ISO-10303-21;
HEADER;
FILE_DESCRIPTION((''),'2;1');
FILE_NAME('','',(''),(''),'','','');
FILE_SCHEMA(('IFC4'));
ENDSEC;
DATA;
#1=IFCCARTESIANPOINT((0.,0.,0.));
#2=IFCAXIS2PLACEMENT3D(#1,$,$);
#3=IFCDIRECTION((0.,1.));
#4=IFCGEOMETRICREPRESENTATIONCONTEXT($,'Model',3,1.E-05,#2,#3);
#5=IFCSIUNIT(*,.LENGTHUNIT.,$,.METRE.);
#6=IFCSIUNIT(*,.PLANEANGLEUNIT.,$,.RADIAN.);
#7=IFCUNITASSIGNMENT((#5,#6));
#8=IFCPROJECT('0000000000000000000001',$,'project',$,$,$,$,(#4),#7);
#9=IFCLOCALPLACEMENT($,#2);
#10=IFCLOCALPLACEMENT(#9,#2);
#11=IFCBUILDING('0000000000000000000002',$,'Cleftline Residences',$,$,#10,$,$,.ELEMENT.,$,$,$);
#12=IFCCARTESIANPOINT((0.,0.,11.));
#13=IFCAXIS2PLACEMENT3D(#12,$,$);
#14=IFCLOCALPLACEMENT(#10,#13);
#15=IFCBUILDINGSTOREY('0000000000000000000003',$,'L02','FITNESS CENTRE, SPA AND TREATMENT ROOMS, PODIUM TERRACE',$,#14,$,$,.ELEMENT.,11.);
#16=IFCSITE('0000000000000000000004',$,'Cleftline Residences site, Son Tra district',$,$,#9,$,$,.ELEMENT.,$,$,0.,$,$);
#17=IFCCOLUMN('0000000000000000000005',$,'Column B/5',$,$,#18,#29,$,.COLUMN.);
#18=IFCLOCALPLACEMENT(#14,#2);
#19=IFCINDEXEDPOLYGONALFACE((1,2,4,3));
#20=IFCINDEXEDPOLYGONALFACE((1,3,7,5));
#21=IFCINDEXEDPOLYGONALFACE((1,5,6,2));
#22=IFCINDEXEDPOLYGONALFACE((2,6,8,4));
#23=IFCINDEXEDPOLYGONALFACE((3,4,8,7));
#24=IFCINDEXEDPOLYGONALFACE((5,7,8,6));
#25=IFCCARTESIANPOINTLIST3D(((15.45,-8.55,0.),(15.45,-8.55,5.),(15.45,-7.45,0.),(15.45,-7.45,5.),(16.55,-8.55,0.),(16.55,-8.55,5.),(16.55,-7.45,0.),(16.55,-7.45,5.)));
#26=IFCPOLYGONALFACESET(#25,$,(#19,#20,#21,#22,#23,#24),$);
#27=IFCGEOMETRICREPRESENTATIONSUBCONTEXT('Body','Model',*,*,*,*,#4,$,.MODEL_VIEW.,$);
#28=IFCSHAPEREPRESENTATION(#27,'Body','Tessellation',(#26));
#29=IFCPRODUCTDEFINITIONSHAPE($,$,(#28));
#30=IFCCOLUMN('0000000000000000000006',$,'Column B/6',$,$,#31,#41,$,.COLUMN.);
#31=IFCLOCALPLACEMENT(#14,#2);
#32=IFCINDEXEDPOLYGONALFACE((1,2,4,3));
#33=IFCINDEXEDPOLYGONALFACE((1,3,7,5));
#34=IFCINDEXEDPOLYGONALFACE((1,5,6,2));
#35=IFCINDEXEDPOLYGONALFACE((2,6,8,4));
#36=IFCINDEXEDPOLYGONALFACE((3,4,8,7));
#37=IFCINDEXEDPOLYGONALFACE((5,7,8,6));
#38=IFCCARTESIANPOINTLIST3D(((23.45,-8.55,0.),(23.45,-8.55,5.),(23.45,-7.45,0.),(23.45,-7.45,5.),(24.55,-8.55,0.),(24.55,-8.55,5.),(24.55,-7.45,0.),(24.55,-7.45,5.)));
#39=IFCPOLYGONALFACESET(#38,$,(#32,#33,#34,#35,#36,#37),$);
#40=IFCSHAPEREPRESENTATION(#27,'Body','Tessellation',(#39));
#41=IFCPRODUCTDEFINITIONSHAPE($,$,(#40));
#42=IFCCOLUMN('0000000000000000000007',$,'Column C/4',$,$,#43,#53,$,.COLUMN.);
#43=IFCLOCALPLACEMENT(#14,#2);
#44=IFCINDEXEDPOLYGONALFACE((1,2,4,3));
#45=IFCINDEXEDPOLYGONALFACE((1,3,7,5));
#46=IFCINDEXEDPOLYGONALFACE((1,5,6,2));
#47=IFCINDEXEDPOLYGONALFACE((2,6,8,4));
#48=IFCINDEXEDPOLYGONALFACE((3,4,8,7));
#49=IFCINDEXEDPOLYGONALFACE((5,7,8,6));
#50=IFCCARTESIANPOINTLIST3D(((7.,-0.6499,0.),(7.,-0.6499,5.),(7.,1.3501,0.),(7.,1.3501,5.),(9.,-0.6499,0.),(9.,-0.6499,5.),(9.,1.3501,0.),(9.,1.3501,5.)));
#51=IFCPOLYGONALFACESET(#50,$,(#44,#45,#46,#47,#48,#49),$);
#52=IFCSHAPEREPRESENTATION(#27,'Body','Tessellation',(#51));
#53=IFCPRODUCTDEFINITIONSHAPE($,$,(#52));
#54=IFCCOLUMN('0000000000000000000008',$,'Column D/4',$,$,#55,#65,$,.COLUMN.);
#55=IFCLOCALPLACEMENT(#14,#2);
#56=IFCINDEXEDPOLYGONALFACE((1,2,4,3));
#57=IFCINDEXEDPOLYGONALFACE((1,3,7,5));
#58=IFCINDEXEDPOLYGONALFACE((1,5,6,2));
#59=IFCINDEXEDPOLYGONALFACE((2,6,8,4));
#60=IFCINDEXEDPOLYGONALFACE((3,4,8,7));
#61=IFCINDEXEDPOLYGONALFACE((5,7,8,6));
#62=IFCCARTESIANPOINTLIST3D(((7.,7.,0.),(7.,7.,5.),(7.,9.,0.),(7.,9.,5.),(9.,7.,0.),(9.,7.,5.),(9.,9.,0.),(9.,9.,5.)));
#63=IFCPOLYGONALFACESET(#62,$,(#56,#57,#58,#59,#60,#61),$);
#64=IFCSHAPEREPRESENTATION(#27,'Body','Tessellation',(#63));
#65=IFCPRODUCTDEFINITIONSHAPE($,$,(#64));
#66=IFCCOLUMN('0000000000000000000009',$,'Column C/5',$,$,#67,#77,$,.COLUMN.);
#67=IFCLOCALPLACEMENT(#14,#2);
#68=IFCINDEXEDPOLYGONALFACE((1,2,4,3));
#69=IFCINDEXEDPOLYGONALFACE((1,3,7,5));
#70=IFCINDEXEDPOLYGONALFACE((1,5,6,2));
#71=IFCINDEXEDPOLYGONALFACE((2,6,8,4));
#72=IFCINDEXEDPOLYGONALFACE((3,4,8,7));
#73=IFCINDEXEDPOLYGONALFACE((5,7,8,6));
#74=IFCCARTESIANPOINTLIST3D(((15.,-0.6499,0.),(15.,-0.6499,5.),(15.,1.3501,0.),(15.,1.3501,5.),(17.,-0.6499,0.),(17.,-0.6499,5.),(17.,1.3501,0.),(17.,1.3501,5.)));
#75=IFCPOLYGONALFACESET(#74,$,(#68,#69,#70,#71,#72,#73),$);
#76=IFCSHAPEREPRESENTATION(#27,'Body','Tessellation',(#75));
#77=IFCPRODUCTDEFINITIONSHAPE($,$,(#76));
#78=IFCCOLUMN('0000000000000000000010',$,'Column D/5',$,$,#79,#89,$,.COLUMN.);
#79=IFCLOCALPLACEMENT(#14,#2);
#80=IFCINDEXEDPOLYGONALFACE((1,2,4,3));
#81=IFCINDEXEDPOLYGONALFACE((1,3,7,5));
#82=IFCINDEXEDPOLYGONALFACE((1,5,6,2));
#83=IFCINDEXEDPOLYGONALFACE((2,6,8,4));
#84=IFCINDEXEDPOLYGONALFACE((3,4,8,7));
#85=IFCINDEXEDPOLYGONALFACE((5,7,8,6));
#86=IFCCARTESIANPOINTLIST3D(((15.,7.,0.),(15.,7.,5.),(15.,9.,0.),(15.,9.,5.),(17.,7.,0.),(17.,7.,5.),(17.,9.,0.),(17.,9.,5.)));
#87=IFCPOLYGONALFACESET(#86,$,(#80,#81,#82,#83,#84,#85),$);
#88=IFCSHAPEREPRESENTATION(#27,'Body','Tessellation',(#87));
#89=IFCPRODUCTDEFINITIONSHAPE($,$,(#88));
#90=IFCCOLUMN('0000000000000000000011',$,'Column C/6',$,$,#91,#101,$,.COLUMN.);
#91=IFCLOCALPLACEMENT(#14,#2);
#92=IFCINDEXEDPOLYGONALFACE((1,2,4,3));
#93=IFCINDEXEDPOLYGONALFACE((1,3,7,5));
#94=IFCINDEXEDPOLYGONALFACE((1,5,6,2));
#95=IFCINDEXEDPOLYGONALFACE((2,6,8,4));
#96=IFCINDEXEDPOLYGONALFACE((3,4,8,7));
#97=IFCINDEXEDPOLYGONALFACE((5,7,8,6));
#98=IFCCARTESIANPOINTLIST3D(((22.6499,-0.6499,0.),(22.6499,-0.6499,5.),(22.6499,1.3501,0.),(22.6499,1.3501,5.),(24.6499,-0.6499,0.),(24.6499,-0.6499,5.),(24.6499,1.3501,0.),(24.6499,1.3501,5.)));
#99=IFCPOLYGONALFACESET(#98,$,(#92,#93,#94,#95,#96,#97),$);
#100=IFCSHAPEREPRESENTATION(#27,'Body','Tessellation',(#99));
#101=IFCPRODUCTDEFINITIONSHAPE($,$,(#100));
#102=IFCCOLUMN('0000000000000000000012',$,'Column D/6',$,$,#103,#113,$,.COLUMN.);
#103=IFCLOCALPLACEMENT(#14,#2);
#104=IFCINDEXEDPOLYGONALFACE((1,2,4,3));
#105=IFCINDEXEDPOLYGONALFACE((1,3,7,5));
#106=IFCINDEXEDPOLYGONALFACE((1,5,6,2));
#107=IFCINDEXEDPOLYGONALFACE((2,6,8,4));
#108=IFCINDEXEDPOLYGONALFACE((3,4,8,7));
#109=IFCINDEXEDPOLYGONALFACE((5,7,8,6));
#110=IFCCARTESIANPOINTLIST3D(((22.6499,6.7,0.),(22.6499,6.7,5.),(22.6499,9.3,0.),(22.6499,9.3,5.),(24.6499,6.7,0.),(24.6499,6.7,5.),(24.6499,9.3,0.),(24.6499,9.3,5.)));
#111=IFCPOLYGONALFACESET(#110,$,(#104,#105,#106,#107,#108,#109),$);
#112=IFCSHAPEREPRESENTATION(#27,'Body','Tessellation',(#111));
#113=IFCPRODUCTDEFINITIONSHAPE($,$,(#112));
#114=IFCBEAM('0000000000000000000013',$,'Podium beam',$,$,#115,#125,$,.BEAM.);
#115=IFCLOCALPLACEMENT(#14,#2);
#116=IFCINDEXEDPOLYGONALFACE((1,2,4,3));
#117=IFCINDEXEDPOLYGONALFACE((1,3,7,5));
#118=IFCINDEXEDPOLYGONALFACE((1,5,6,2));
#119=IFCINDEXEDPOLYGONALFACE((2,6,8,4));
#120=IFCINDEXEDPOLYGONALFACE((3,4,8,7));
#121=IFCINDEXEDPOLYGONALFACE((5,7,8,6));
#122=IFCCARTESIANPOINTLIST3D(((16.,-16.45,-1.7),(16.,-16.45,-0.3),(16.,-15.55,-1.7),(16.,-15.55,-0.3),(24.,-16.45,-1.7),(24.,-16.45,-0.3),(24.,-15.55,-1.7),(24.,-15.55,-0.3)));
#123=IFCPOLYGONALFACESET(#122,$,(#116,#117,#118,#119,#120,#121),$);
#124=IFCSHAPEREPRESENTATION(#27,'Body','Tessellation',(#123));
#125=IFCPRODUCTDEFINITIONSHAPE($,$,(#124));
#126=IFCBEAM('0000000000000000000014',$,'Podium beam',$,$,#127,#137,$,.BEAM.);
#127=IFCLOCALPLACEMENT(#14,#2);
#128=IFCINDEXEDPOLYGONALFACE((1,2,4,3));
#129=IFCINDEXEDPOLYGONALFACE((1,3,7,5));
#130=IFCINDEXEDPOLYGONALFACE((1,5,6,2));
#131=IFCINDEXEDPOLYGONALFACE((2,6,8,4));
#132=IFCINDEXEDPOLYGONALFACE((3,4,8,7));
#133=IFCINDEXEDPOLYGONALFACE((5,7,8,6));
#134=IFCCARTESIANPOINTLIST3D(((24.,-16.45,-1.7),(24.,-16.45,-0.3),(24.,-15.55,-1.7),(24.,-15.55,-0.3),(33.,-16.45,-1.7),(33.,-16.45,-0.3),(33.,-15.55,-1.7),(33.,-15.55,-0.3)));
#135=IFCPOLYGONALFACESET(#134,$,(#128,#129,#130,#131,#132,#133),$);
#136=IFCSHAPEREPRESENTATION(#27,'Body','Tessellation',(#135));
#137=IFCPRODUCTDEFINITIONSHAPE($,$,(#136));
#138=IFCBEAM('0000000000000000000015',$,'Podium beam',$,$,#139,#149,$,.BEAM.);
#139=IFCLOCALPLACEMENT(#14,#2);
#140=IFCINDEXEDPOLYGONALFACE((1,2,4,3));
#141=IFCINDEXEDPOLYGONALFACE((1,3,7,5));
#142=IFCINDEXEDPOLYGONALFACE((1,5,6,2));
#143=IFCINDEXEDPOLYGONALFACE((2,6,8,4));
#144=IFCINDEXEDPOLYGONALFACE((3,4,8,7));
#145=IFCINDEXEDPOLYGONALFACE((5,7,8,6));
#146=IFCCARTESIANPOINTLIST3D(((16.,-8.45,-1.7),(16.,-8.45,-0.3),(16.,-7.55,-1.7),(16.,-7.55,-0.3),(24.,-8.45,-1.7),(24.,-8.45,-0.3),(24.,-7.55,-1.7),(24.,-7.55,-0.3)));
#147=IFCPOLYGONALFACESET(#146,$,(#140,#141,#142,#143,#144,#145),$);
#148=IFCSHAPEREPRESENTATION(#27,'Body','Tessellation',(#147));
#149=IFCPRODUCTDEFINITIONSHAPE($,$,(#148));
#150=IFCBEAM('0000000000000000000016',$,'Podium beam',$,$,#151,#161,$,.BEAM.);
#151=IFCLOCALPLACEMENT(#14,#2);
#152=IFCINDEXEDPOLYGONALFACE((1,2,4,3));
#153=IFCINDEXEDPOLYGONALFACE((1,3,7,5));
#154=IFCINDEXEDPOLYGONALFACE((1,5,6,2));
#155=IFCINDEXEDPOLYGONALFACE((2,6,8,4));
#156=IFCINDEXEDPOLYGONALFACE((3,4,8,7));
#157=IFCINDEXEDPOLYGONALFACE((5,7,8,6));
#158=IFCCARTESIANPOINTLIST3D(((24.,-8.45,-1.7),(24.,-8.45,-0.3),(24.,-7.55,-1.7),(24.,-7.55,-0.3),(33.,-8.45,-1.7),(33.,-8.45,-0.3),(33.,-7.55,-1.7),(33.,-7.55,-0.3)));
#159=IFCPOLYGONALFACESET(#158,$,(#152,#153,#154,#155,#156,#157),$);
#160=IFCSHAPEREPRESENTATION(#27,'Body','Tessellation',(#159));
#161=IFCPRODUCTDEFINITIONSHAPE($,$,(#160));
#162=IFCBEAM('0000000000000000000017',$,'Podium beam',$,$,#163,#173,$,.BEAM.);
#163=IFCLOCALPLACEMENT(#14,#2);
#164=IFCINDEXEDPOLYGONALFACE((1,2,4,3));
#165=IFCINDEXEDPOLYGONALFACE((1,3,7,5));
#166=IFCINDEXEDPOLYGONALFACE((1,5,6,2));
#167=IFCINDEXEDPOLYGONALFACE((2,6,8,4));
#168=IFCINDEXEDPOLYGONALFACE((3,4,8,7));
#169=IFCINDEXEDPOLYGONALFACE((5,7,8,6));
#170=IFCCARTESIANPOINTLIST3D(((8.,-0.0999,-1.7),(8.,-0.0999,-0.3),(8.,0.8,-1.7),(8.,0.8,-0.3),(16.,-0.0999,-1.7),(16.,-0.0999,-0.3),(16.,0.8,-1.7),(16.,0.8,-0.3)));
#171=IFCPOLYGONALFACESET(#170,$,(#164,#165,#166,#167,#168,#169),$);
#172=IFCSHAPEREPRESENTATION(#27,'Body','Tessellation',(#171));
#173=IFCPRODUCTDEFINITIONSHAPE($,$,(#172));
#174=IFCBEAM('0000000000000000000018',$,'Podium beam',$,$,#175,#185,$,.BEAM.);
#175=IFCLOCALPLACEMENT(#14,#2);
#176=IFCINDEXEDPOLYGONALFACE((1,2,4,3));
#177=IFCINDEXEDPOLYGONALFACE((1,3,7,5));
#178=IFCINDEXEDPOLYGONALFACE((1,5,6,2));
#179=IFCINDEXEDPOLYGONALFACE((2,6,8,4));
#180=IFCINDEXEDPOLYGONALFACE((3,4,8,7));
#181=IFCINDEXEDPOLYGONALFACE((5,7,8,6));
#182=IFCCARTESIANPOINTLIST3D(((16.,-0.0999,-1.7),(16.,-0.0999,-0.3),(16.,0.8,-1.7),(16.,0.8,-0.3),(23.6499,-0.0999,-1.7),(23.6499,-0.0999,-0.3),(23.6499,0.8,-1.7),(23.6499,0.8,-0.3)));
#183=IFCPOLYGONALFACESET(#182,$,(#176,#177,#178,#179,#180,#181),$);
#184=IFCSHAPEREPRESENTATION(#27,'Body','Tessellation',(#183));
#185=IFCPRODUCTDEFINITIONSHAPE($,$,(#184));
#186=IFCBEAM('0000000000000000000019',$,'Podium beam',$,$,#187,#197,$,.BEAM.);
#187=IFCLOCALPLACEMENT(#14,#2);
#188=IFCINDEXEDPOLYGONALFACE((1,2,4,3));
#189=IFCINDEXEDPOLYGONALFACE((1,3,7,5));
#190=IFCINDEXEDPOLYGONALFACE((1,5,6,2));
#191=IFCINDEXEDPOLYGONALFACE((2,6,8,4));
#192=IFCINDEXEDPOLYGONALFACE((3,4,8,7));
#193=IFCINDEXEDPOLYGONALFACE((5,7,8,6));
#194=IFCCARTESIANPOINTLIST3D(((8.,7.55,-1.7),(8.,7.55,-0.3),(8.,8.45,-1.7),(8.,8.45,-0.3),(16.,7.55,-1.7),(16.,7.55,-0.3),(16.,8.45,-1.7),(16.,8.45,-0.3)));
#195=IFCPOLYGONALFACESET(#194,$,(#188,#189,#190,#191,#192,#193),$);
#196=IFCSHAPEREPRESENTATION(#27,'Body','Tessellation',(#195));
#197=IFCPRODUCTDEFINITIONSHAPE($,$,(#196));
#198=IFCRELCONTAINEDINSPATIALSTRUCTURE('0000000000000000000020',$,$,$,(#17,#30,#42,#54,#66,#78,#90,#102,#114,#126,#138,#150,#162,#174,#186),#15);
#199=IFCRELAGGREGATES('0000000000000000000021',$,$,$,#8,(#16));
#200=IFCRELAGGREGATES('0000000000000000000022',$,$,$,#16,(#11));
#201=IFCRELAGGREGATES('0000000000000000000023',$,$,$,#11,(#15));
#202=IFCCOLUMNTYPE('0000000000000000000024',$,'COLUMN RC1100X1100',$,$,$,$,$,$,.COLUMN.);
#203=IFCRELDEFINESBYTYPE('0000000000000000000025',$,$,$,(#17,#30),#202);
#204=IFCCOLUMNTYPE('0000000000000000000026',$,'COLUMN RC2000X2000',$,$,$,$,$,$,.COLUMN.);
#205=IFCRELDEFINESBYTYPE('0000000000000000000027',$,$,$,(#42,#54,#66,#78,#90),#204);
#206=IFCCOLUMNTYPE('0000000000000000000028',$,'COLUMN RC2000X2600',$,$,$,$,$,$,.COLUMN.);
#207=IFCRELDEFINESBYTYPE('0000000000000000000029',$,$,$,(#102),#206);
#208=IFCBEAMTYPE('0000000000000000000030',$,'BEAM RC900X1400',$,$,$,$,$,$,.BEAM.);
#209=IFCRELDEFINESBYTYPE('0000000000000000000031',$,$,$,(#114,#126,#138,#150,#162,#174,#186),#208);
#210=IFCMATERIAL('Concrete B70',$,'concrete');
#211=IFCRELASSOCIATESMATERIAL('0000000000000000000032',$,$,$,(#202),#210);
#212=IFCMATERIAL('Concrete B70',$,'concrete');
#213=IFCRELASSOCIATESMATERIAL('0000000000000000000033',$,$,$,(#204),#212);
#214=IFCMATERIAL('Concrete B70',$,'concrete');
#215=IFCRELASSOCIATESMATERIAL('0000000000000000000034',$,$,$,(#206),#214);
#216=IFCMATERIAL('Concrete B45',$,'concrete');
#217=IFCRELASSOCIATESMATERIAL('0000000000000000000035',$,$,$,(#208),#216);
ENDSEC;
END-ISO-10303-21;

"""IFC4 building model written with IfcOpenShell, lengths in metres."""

from ifc_helpers import new_model, si_unit, direction, frame, origin, origin_2d, place, context, subcontext, project, spatial, rectangle, extrude, material, material_profile, profile_set, type_object, element, save


model = new_model("IFC4")

# Units and contexts
model_context = context("Model", 3, precision=1e-05, world=origin(), true_north=direction((0.0, 1.0)))
body_context = subcontext(model_context, "Body", "Model", "MODEL_VIEW")
ifc_project = project(units=[si_unit("LENGTHUNIT", "METRE"), si_unit("PLANEANGLEUNIT", "RADIAN")], contexts=[model_context])

# Site, building, storey
site_placement = place(None, origin())
site = spatial("IfcSite", under=ifc_project, at=site_placement, Name="Cleftline Residences site, Son Tra district", CompositionType="ELEMENT", RefElevation=0.0)
building_placement = place(site_placement, origin())
building = spatial("IfcBuilding", under=site, at=building_placement, Name="Cleftline Residences", CompositionType="ELEMENT")
storey_placement = place(building_placement, frame((0.0, 0.0, 11.0)))
storey = spatial("IfcBuildingStorey", under=building, at=storey_placement, Name="L02", Description="FITNESS CENTRE, SPA AND TREATMENT ROOMS, PODIUM TERRACE", CompositionType="ELEMENT", Elevation=11.0)

# Columns
ifc_material_1 = material(Name="Concrete B70", Category="concrete")
ifc_material_profile_1 = material_profile(ifc_material_1, rectangle(XDim=1.1001, YDim=1.1001, at=origin_2d()))
ifc_profile_set_1 = profile_set([ifc_material_profile_1], Name="Concrete B70")
column_type_1 = type_object("IfcColumnType", Name="COLUMN RC1100X1100", PredefinedType="COLUMN", material=ifc_profile_set_1)
for number, where, z_axis, x_axis, name in (
    (1, (16.0, -8.0, 0.0), (0.0, 0.0, 1.0), (1.0, 0.0, 0.0), "Column B/5"),
    (2, (24.0, -8.0, 0.0), (0.0, 0.0, 1.0), (1.0, 0.0, 0.0), "Column B/6"),
):
    element("IfcColumn", number, at=place(storey_placement, frame(where, z_axis=z_axis, x_axis=x_axis)), inside=storey, type_object=column_type_1, Name=name, PredefinedType="COLUMN", context=body_context, shape_type="SweptSolid", body=[
        extrude(rectangle(XDim=1.1001, YDim=1.1001, at=origin_2d()), origin(), (0.0, 0.0, 1.0), 5.0),
    ])
ifc_material_2 = material(Name="Concrete B70", Category="concrete")
ifc_material_profile_2 = material_profile(ifc_material_2, rectangle(XDim=2.0, YDim=2.0, at=origin_2d()))
ifc_profile_set_2 = profile_set([ifc_material_profile_2], Name="Concrete B70")
column_type_2 = type_object("IfcColumnType", Name="COLUMN RC2000X2000", PredefinedType="COLUMN", material=ifc_profile_set_2)
for number, where, z_axis, x_axis, name in (
    (3, (8.0, 0.3501, 0.0), (0.0, 0.0, 1.0), (1.0, 0.0, 0.0), "Column C/4"),
    (4, (8.0, 8.0, 0.0), (0.0, 0.0, 1.0), (1.0, 0.0, 0.0), "Column D/4"),
    (5, (16.0, 0.3501, 0.0), (0.0, 0.0, 1.0), (1.0, 0.0, 0.0), "Column C/5"),
    (6, (16.0, 8.0, 0.0), (0.0, 0.0, 1.0), (1.0, 0.0, 0.0), "Column D/5"),
    (7, (23.6499, 0.3501, 0.0), (0.0, 0.0, 1.0), (1.0, 0.0, 0.0), "Column C/6"),
):
    element("IfcColumn", number, at=place(storey_placement, frame(where, z_axis=z_axis, x_axis=x_axis)), inside=storey, type_object=column_type_2, Name=name, PredefinedType="COLUMN", context=body_context, shape_type="SweptSolid", body=[
        extrude(rectangle(XDim=2.0, YDim=2.0, at=origin_2d()), origin(), (0.0, 0.0, 1.0), 5.0),
    ])
ifc_material_3 = material(Name="Concrete B70", Category="concrete")
ifc_material_profile_3 = material_profile(ifc_material_3, rectangle(XDim=2.0, YDim=2.6001, at=origin_2d()))
ifc_profile_set_3 = profile_set([ifc_material_profile_3], Name="Concrete B70")
column_type_3 = type_object("IfcColumnType", Name="COLUMN RC2000X2600", PredefinedType="COLUMN", material=ifc_profile_set_3)
column_placement = place(storey_placement, frame((23.6499, 8.0, 0.0), z_axis=(0.0, 0.0, 1.0), x_axis=(1.0, 0.0, 0.0)))
element("IfcColumn", 8, at=column_placement, inside=storey, type_object=column_type_3, Name="Column D/6", PredefinedType="COLUMN", context=body_context, shape_type="SweptSolid", body=[
    extrude(rectangle(XDim=2.0, YDim=2.6001, at=origin_2d()), origin(), (0.0, 0.0, 1.0), 5.0),
])

# Beams
ifc_material_4 = material(Name="Concrete B45", Category="concrete")
ifc_material_profile_4 = material_profile(ifc_material_4, rectangle(XDim=0.8999, YDim=1.3999, at=origin_2d()))
ifc_profile_set_4 = profile_set([ifc_material_profile_4], Name="Concrete B45")
beam_type = type_object("IfcBeamType", Name="BEAM RC900X1400", PredefinedType="BEAM", material=ifc_profile_set_4)
beam_1_placement = place(storey_placement, frame((16.0, -16.0, -1.0), z_axis=(1.0, 0.0, 0.0), x_axis=(0.0, 1.0, 0.0)))
element("IfcBeam", 9, at=beam_1_placement, inside=storey, type_object=beam_type, Name="Podium beam", PredefinedType="BEAM", context=body_context, shape_type="SweptSolid", body=[
    extrude(rectangle(XDim=0.8999, YDim=1.3999, at=origin_2d()), origin(), (0.0, 0.0, 1.0), 8.0),
])
beam_2_placement = place(storey_placement, frame((24.0, -16.0, -1.0), z_axis=(1.0, 0.0, 0.0), x_axis=(0.0, 1.0, 0.0)))
element("IfcBeam", 10, at=beam_2_placement, inside=storey, type_object=beam_type, Name="Podium beam", PredefinedType="BEAM", context=body_context, shape_type="SweptSolid", body=[
    extrude(rectangle(XDim=0.8999, YDim=1.3999, at=origin_2d()), origin(), (0.0, 0.0, 1.0), 9.0),
])
beam_3_placement = place(storey_placement, frame((16.0, -8.0, -1.0), z_axis=(1.0, 0.0, 0.0), x_axis=(0.0, 1.0, 0.0)))
element("IfcBeam", 11, at=beam_3_placement, inside=storey, type_object=beam_type, Name="Podium beam", PredefinedType="BEAM", context=body_context, shape_type="SweptSolid", body=[
    extrude(rectangle(XDim=0.8999, YDim=1.3999, at=origin_2d()), origin(), (0.0, 0.0, 1.0), 8.0),
])
beam_4_placement = place(storey_placement, frame((24.0, -8.0, -1.0), z_axis=(1.0, 0.0, 0.0), x_axis=(0.0, 1.0, 0.0)))
element("IfcBeam", 12, at=beam_4_placement, inside=storey, type_object=beam_type, Name="Podium beam", PredefinedType="BEAM", context=body_context, shape_type="SweptSolid", body=[
    extrude(rectangle(XDim=0.8999, YDim=1.3999, at=origin_2d()), origin(), (0.0, 0.0, 1.0), 9.0),
])
beam_5_placement = place(storey_placement, frame((8.0, 0.3501, -1.0), z_axis=(1.0, 0.0, 0.0), x_axis=(0.0, 1.0, 0.0)))
element("IfcBeam", 13, at=beam_5_placement, inside=storey, type_object=beam_type, Name="Podium beam", PredefinedType="BEAM", context=body_context, shape_type="SweptSolid", body=[
    extrude(rectangle(XDim=0.8999, YDim=1.3999, at=origin_2d()), origin(), (0.0, 0.0, 1.0), 8.0),
])
beam_6_placement = place(storey_placement, frame((16.0, 0.3501, -1.0), z_axis=(1.0, 0.0, 0.0), x_axis=(0.0, 1.0, 0.0)))
element("IfcBeam", 14, at=beam_6_placement, inside=storey, type_object=beam_type, Name="Podium beam", PredefinedType="BEAM", context=body_context, shape_type="SweptSolid", body=[
    extrude(rectangle(XDim=0.8999, YDim=1.3999, at=origin_2d()), origin(), (0.0, 0.0, 1.0), 7.6499),
])
beam_7_placement = place(storey_placement, frame((8.0, 8.0, -1.0), z_axis=(1.0, 0.0, 0.0), x_axis=(0.0, 1.0, 0.0)))
element("IfcBeam", 15, at=beam_7_placement, inside=storey, type_object=beam_type, Name="Podium beam", PredefinedType="BEAM", context=body_context, shape_type="SweptSolid", body=[
    extrude(rectangle(XDim=0.8999, YDim=1.3999, at=origin_2d()), origin(), (0.0, 0.0, 1.0), 8.0),
])

save(model, "model.ifc")
